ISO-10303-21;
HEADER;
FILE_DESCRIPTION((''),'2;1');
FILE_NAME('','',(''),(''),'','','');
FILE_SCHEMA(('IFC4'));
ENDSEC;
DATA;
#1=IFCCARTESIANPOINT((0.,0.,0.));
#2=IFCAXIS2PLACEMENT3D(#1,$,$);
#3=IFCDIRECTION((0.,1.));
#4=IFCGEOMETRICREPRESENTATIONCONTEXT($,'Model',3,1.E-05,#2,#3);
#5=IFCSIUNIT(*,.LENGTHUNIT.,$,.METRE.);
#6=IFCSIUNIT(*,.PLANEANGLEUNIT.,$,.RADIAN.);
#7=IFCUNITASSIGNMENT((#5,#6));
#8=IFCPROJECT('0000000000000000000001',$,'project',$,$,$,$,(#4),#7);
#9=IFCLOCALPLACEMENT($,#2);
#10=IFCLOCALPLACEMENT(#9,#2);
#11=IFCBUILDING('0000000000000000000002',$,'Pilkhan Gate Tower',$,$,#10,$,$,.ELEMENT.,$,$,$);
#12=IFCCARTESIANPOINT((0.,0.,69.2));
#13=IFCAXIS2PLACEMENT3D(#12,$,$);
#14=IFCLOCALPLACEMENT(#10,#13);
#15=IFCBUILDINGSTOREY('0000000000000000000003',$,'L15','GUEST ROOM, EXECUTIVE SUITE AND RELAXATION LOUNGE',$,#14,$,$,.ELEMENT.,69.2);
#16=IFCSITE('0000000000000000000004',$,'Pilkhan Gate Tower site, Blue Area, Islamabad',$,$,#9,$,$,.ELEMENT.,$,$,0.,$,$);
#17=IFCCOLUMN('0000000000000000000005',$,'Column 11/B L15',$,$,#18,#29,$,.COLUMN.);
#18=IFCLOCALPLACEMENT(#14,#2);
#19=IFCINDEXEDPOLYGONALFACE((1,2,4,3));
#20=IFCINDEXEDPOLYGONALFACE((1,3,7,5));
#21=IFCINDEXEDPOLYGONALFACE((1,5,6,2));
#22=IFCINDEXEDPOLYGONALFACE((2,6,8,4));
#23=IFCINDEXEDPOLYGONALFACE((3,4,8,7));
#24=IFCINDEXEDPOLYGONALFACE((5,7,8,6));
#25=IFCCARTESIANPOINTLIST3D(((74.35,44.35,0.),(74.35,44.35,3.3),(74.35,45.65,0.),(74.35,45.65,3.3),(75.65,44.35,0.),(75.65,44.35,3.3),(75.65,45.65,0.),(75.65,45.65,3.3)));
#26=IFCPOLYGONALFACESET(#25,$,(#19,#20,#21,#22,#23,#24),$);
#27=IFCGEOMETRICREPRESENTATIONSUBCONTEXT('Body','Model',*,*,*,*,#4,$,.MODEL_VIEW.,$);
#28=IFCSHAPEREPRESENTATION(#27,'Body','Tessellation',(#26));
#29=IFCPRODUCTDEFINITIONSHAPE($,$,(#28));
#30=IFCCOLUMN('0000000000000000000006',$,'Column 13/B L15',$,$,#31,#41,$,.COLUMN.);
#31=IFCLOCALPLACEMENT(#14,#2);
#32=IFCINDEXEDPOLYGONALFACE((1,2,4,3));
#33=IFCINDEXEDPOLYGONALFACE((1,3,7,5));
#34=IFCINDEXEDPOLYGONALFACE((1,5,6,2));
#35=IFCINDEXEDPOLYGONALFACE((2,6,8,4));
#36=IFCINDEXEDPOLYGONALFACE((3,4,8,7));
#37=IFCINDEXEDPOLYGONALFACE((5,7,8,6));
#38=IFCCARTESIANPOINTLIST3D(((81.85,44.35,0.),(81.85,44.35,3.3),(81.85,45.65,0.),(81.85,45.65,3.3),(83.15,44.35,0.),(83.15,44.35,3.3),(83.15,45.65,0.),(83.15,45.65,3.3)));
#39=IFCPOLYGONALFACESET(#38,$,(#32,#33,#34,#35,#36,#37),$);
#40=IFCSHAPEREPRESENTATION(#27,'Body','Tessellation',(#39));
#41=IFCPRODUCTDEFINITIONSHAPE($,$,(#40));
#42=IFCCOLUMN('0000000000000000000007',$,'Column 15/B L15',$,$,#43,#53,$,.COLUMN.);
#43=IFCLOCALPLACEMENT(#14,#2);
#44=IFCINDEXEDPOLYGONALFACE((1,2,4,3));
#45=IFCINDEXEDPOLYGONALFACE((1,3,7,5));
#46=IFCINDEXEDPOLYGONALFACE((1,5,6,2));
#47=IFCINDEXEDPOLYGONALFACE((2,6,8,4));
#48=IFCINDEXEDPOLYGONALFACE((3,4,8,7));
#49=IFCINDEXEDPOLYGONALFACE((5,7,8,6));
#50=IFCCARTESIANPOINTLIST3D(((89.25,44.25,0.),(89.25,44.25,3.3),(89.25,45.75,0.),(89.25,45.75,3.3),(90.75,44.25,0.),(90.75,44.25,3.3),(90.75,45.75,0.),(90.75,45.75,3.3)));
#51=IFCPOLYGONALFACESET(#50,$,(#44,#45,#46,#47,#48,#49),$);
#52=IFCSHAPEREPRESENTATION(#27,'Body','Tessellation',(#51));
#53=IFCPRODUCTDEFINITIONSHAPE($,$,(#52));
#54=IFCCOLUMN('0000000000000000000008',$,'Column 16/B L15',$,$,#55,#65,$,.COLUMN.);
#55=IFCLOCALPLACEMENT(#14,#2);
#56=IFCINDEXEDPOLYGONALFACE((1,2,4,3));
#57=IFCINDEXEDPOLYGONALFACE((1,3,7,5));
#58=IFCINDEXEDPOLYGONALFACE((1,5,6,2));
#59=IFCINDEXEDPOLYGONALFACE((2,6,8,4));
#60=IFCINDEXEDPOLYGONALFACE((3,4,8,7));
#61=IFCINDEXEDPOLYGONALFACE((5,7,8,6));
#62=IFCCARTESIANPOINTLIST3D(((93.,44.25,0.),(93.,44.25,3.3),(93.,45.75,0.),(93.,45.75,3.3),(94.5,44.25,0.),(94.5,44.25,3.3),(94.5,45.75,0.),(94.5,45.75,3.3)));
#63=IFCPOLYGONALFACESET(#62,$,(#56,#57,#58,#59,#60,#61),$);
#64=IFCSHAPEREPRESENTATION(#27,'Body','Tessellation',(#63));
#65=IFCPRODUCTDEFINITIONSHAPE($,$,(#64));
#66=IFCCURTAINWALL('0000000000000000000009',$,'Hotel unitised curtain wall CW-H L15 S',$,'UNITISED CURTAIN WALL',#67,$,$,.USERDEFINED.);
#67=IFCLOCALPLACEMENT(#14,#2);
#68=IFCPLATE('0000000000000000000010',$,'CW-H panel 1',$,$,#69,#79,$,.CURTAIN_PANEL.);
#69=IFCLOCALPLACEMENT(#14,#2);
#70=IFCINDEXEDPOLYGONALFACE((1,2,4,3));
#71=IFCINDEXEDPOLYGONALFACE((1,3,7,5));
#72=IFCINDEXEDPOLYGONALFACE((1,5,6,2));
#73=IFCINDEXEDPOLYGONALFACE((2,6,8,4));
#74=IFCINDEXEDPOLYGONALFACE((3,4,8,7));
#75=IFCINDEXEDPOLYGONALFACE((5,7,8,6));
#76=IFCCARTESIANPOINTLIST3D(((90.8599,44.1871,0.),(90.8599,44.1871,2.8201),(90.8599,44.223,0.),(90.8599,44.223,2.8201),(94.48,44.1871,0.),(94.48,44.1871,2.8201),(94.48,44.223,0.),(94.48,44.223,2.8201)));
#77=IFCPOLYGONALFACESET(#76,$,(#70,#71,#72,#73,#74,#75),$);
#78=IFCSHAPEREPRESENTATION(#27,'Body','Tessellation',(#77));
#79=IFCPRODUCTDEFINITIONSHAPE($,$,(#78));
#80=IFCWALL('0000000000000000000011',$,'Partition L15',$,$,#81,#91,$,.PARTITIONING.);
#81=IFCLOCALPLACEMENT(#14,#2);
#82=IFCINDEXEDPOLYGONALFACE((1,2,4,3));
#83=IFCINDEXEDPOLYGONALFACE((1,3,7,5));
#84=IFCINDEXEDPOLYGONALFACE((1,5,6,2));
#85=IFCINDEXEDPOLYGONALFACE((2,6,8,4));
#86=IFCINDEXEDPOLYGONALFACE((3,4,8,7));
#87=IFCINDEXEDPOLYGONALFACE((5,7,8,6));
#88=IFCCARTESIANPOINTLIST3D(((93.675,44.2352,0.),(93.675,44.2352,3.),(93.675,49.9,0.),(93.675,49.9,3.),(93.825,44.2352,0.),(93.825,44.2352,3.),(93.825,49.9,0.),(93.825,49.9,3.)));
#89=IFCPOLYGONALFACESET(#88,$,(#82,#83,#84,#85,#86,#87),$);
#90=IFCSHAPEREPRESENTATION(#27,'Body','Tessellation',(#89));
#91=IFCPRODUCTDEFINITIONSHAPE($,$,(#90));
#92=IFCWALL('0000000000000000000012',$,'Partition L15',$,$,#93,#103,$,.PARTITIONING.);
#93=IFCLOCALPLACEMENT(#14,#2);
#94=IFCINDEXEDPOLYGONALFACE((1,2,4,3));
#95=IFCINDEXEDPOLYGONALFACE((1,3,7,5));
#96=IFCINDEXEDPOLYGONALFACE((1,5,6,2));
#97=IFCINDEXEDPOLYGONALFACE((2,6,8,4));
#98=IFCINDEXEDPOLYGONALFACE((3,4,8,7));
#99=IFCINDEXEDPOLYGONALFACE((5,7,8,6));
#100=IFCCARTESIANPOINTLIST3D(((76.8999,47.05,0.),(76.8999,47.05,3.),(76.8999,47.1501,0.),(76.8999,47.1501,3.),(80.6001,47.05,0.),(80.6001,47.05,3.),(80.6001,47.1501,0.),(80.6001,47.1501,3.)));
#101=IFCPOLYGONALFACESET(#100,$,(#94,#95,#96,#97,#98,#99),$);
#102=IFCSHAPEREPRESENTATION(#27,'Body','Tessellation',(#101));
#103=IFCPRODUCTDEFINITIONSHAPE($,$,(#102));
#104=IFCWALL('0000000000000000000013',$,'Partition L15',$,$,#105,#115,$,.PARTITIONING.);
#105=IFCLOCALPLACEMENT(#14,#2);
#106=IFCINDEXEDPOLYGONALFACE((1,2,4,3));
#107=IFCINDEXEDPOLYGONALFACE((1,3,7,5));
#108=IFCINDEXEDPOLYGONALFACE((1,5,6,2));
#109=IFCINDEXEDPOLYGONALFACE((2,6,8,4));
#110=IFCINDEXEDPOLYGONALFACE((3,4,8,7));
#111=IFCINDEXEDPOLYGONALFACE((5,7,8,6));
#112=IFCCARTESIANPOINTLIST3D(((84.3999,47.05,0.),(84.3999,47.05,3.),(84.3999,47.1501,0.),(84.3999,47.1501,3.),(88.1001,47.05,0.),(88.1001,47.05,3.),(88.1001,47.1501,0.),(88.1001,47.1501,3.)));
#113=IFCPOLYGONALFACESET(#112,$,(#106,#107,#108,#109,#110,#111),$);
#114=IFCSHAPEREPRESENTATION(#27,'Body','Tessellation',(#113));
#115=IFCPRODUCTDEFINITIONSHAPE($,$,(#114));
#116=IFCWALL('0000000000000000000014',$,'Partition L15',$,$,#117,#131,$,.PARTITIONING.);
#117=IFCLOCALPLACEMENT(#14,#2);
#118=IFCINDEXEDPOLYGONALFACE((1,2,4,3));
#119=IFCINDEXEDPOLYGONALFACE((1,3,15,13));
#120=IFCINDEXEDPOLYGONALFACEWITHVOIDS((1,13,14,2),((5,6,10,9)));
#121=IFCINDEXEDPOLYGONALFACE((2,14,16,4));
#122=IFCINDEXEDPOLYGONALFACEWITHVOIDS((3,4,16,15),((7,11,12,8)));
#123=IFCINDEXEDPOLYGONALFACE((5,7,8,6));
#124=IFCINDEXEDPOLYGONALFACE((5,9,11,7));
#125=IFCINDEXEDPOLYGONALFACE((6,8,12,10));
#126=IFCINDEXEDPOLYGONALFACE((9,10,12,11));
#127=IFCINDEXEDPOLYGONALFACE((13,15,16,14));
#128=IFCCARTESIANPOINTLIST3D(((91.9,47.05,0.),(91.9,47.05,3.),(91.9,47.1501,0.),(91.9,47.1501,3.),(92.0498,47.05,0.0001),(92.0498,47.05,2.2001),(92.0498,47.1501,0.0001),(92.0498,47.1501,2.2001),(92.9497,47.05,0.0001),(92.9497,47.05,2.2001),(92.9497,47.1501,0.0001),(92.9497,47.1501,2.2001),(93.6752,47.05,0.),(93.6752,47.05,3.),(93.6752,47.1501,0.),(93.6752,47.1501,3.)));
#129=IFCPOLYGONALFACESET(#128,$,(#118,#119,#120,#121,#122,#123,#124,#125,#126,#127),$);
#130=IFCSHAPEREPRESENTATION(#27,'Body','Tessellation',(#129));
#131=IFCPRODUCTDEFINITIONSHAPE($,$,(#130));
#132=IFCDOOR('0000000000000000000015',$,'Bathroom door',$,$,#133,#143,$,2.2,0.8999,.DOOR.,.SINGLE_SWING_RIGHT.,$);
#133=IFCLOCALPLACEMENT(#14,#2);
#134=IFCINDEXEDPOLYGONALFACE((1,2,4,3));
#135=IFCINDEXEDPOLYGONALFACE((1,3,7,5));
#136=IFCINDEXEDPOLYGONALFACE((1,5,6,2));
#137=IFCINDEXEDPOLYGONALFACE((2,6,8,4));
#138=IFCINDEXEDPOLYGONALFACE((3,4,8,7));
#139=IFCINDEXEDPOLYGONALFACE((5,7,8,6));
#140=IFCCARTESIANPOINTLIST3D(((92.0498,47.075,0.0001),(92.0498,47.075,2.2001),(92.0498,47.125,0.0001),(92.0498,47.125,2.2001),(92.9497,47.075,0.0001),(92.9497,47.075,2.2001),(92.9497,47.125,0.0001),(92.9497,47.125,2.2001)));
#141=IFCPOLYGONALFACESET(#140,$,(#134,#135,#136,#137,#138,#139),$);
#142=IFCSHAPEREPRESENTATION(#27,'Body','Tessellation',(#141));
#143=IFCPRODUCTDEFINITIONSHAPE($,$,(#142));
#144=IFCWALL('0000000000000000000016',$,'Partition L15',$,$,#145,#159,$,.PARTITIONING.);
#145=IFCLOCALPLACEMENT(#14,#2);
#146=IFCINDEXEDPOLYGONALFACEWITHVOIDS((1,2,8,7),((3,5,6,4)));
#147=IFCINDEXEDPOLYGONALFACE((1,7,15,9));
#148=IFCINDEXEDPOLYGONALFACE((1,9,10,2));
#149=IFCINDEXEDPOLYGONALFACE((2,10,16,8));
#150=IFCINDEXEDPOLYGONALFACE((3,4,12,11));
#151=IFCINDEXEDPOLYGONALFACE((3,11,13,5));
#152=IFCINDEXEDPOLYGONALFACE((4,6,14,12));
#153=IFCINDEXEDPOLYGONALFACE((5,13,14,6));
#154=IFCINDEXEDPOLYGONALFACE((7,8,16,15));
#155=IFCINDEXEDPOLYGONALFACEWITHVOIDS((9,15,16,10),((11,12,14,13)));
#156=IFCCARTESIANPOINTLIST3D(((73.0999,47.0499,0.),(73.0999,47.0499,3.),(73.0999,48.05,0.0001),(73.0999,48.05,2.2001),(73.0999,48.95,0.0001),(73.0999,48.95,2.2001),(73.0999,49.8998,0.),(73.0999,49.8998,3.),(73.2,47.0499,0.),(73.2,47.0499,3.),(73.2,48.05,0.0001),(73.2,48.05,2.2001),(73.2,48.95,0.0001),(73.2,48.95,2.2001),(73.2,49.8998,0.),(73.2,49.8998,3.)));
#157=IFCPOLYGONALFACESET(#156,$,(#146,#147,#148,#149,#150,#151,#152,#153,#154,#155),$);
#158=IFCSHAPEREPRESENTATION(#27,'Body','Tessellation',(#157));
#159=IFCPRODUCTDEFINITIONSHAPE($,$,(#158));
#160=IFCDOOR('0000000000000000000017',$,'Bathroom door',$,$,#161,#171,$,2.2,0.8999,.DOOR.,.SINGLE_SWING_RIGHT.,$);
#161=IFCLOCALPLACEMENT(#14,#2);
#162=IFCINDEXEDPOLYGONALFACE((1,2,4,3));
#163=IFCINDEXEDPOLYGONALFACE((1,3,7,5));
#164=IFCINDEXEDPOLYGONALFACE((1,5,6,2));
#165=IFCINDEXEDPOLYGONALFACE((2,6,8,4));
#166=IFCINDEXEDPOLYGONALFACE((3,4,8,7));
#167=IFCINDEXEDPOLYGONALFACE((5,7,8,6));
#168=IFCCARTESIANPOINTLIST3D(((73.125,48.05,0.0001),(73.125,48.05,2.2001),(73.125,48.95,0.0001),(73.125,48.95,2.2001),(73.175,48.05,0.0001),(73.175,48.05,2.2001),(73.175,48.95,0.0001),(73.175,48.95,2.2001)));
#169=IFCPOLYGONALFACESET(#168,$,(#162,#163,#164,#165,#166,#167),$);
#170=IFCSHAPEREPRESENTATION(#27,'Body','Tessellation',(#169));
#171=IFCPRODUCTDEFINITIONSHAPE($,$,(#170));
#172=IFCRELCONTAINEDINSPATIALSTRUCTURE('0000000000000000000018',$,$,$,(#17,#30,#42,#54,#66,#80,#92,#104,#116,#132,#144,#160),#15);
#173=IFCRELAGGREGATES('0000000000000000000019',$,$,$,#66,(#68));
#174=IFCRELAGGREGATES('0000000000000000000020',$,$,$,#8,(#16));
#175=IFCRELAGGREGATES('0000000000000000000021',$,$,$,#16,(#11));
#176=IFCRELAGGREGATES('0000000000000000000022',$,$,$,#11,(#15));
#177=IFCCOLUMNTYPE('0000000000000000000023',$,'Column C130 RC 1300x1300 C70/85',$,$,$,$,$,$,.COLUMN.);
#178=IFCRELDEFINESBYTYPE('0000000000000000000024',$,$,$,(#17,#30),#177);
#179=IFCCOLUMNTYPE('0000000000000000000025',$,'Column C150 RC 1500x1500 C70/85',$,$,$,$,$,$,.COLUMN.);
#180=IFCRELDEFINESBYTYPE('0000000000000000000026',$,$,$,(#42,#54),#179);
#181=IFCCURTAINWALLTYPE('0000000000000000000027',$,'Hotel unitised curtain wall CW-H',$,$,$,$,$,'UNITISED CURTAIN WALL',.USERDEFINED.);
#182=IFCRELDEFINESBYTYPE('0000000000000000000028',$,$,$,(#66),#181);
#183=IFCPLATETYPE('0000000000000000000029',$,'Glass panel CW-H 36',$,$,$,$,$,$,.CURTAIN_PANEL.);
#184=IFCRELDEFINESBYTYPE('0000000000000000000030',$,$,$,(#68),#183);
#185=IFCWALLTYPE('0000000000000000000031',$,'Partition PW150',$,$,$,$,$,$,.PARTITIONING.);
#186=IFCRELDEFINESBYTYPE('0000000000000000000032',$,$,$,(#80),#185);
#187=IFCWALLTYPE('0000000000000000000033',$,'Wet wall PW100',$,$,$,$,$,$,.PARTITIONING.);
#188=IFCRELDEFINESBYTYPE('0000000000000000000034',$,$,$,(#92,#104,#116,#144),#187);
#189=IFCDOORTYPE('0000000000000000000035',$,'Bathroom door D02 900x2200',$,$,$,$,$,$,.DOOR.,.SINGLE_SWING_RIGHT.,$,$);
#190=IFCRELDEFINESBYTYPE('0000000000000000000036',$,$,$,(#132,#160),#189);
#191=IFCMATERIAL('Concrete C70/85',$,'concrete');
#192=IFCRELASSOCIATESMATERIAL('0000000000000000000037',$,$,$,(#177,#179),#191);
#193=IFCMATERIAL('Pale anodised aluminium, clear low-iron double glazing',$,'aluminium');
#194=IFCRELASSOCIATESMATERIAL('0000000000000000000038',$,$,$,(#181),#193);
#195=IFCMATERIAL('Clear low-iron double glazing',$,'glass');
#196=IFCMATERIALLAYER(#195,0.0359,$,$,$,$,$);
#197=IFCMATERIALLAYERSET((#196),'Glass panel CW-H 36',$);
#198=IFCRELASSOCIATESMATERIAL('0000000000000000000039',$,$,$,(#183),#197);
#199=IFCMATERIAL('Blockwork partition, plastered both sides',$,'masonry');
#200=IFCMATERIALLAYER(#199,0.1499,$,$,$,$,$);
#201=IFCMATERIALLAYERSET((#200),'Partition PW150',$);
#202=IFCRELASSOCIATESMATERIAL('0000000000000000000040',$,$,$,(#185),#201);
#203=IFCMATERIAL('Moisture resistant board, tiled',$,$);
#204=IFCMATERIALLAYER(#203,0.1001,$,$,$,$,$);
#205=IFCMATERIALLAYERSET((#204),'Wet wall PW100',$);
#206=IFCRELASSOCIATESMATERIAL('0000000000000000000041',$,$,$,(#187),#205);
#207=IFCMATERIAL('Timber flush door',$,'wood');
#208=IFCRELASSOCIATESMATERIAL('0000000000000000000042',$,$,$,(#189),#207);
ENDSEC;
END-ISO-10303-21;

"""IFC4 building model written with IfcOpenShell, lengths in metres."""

from ifc_helpers import new_model, si_unit, direction, frame, frame_2d, origin, origin_2d, place, context, subcontext, project, spatial, rectangle, extrude, material, layer, layer_set, material_profile, profile_set, type_object, element, fill, aggregate, save


model = new_model("IFC4")

# Units and contexts
model_context = context("Model", 3, precision=1e-05, world=origin(), true_north=direction((0.0, 1.0)))
body_context = subcontext(model_context, "Body", "Model", "MODEL_VIEW")
ifc_project = project(units=[si_unit("LENGTHUNIT", "METRE"), si_unit("PLANEANGLEUNIT", "RADIAN")], contexts=[model_context])

# Site, building, storey
site_placement = place(None, origin())
site = spatial("IfcSite", under=ifc_project, at=site_placement, Name="Pilkhan Gate Tower site, Blue Area, Islamabad", CompositionType="ELEMENT", RefElevation=0.0)
building_placement = place(site_placement, origin())
building = spatial("IfcBuilding", under=site, at=building_placement, Name="Pilkhan Gate Tower", CompositionType="ELEMENT")
storey_placement = place(building_placement, frame((0.0, 0.0, 69.2)))
storey = spatial("IfcBuildingStorey", under=building, at=storey_placement, Name="L15", Description="GUEST ROOM, EXECUTIVE SUITE AND RELAXATION LOUNGE", CompositionType="ELEMENT", Elevation=69.2)

# Columns
ifc_material_1 = material(Name="Concrete C70/85", Category="concrete")
ifc_material_profile_1 = material_profile(ifc_material_1, rectangle(XDim=1.3, YDim=1.3, at=origin_2d()), Name="RC 1300x1300")
ifc_profile_set_1 = profile_set([ifc_material_profile_1], Name="Concrete C70/85")
column_type_1 = type_object("IfcColumnType", Name="Column C130 RC 1300x1300 C70/85", PredefinedType="COLUMN", material=ifc_profile_set_1)
for number, where, z_axis, x_axis, name in (
    (1, (75.0, 45.0, 0.0), (0.0, 0.0, 1.0), (1.0, 0.0, 0.0), "Column 11/B L15"),
    (2, (82.5, 45.0, 0.0), (0.0, 0.0, 1.0), (1.0, 0.0, 0.0), "Column 13/B L15"),
):
    element("IfcColumn", number, at=place(storey_placement, frame(where, z_axis=z_axis, x_axis=x_axis)), inside=storey, type_object=column_type_1, Name=name, PredefinedType="COLUMN", context=body_context, shape_type="SweptSolid", body=[
        extrude(rectangle(XDim=1.3, YDim=1.3, at=origin_2d()), origin(), (0.0, 0.0, 1.0), 3.3),
    ])
ifc_material_profile_2 = material_profile(ifc_material_1, rectangle(XDim=1.5, YDim=1.5, at=origin_2d()), Name="RC 1500x1500")
ifc_profile_set_2 = profile_set([ifc_material_profile_2], Name="Concrete C70/85")
column_type_2 = type_object("IfcColumnType", Name="Column C150 RC 1500x1500 C70/85", PredefinedType="COLUMN", material=ifc_profile_set_2)
for number, where, z_axis, x_axis, name in (
    (3, (90.0, 45.0, 0.0), (0.0, 0.0, 1.0), (1.0, 0.0, 0.0), "Column 15/B L15"),
    (4, (93.75, 45.0, 0.0), (0.0, 0.0, 1.0), (1.0, 0.0, 0.0), "Column 16/B L15"),
):
    element("IfcColumn", number, at=place(storey_placement, frame(where, z_axis=z_axis, x_axis=x_axis)), inside=storey, type_object=column_type_2, Name=name, PredefinedType="COLUMN", context=body_context, shape_type="SweptSolid", body=[
        extrude(rectangle(XDim=1.5, YDim=1.5, at=origin_2d()), origin(), (0.0, 0.0, 1.0), 3.3),
    ])

# Curtain wall, plate
ifc_material_2 = material(Name="Pale anodised aluminium, clear low-iron double glazing", Category="aluminium")
curtain_wall_type = type_object("IfcCurtainWallType", Name="Hotel unitised curtain wall CW-H", ElementType="UNITISED CURTAIN WALL", PredefinedType="USERDEFINED", material=ifc_material_2)
curtain_wall_placement = place(storey_placement, origin())
curtain_wall = element("IfcCurtainWall", 5, at=curtain_wall_placement, inside=storey, type_object=curtain_wall_type, Name="Hotel unitised curtain wall CW-H L15 S", ObjectType="UNITISED CURTAIN WALL", PredefinedType="USERDEFINED")
ifc_material_3 = material(Name="Clear low-iron double glazing", Category="glass")
ifc_layer_1 = layer(ifc_material_3, 0.0359)
ifc_layer_set_1 = layer_set([ifc_layer_1], Name="Glass panel CW-H 36")
plate_type = type_object("IfcPlateType", Name="Glass panel CW-H 36", PredefinedType="CURTAIN_PANEL", material=ifc_layer_set_1)
plate_placement = place(storey_placement, frame((92.6699, 44.2051, 0.0), z_axis=(0.0, 0.0, 1.0), x_axis=(1.0, 0.0, 0.0)))
plate = element("IfcPlate", 6, at=plate_placement, type_object=plate_type, Name="CW-H panel 1", PredefinedType="CURTAIN_PANEL", context=body_context, shape_type="SweptSolid", body=[
    extrude(rectangle(XDim=3.6201, YDim=0.0359, at=origin_2d()), origin(), (0.0, 0.0, 1.0), 2.8201),
])
aggregate(curtain_wall, [plate])

# Walls
ifc_material_4 = material(Name="Blockwork partition, plastered both sides", Category="masonry")
ifc_layer_2 = layer(ifc_material_4, 0.1499)
ifc_layer_set_2 = layer_set([ifc_layer_2], Name="Partition PW150")
wall_type_1 = type_object("IfcWallType", Name="Partition PW150", PredefinedType="PARTITIONING", material=ifc_layer_set_2)
wall_1_placement = place(storey_placement, frame((93.75, 44.2351, 0.0), z_axis=(0.0, 0.0, 1.0), x_axis=(0.0, 1.0, 0.0)))
element("IfcWall", 7, at=wall_1_placement, inside=storey, type_object=wall_type_1, Name="Partition L15", PredefinedType="PARTITIONING", context=body_context, shape_type="SweptSolid", body=[
    extrude(rectangle(XDim=5.6648, YDim=0.1499, at=frame_2d((2.8325, 0.0))), origin(), (0.0, 0.0, 1.0), 3.0),
])
ifc_material_5 = material(Name="Moisture resistant board, tiled")
ifc_layer_3 = layer(ifc_material_5, 0.1001)
ifc_layer_set_3 = layer_set([ifc_layer_3], Name="Wet wall PW100")
wall_type_2 = type_object("IfcWallType", Name="Wet wall PW100", PredefinedType="PARTITIONING", material=ifc_layer_set_3)
for number, where, z_axis, x_axis, name in (
    (8, (76.8999, 47.1001, 0.0), (0.0, 0.0, 1.0), (1.0, 0.0, 0.0), "Partition L15"),
    (9, (84.3999, 47.1001, 0.0), (0.0, 0.0, 1.0), (1.0, 0.0, 0.0), "Partition L15"),
):
    element("IfcWall", number, at=place(storey_placement, frame(where, z_axis=z_axis, x_axis=x_axis)), inside=storey, type_object=wall_type_2, Name=name, PredefinedType="PARTITIONING", context=body_context, shape_type="SweptSolid", body=[
        extrude(rectangle(XDim=3.7002, YDim=0.1001, at=frame_2d((1.8501, 0.0))), origin(), (0.0, 0.0, 1.0), 3.0),
    ])

# Walls, openings, doors
wall_2_placement = place(storey_placement, frame((91.8999, 47.1001, 0.0), z_axis=(0.0, 0.0, 1.0), x_axis=(1.0, 0.0, 0.0)))
wall_2 = element("IfcWall", 10, at=wall_2_placement, inside=storey, type_object=wall_type_2, Name="Partition L15", PredefinedType="PARTITIONING", context=body_context, shape_type="SweptSolid", body=[
    extrude(rectangle(XDim=1.7751, YDim=0.1001, at=frame_2d((0.8877, 0.0))), origin(), (0.0, 0.0, 1.0), 3.0),
])
opening_1_placement = place(wall_2_placement, frame((0.1499, 0.0, 0.0)))
opening_1 = element("IfcOpeningElement", 11, at=opening_1_placement, cuts=wall_2, PredefinedType="OPENING", context=body_context, shape_type="SweptSolid", body=[
    extrude(rectangle(XDim=0.8999, YDim=2.2, at=frame_2d((0.45, 1.1001))), frame((0.0, 0.0601, 0.0), z_axis=(0.0, -1.0, 0.0), x_axis=(1.0, 0.0, 0.0)), (0.0, 0.0, 1.0), 0.1201),
])
ifc_material_6 = material(Name="Timber flush door", Category="wood")
door_type = type_object("IfcDoorType", Name="Bathroom door D02 900x2200", OperationType="SINGLE_SWING_RIGHT", PredefinedType="DOOR", material=ifc_material_6)
door_1_placement = place(opening_1_placement, origin())
door_1 = element("IfcDoor", 12, at=door_1_placement, inside=storey, type_object=door_type, Name="Bathroom door", OperationType="SINGLE_SWING_RIGHT", OverallHeight=2.2, OverallWidth=0.8999, PredefinedType="DOOR", context=body_context, shape_type="SweptSolid", body=[
    extrude(rectangle(XDim=0.8999, YDim=2.2, at=frame_2d((0.45, 1.1001))), frame((0.0, 0.0249, 0.0), z_axis=(0.0, -1.0, 0.0), x_axis=(1.0, 0.0, 0.0)), (0.0, 0.0, 1.0), 0.05),
])
fill(opening_1, door_1)
wall_3_placement = place(storey_placement, frame((73.1499, 47.05, 0.0), z_axis=(0.0, 0.0, 1.0), x_axis=(0.0, 1.0, 0.0)))
wall_3 = element("IfcWall", 13, at=wall_3_placement, inside=storey, type_object=wall_type_2, Name="Partition L15", PredefinedType="PARTITIONING", context=body_context, shape_type="SweptSolid", body=[
    extrude(rectangle(XDim=2.8499, YDim=0.1001, at=frame_2d((1.4248, 0.0))), origin(), (0.0, 0.0, 1.0), 3.0),
])
opening_2_placement = place(wall_3_placement, frame((1.0, 0.0, 0.0)))
opening_2 = element("IfcOpeningElement", 14, at=opening_2_placement, cuts=wall_3, PredefinedType="OPENING", context=body_context, shape_type="SweptSolid", body=[
    extrude(rectangle(XDim=0.8999, YDim=2.2, at=frame_2d((0.45, 1.1001))), frame((0.0, 0.0601, 0.0), z_axis=(0.0, -1.0, 0.0), x_axis=(1.0, 0.0, 0.0)), (0.0, 0.0, 1.0), 0.1201),
])
door_2_placement = place(opening_2_placement, origin())
door_2 = element("IfcDoor", 15, at=door_2_placement, inside=storey, type_object=door_type, Name="Bathroom door", OperationType="SINGLE_SWING_RIGHT", OverallHeight=2.2, OverallWidth=0.8999, PredefinedType="DOOR", context=body_context, shape_type="SweptSolid", body=[
    extrude(rectangle(XDim=0.8999, YDim=2.2, at=frame_2d((0.45, 1.1001))), frame((0.0, 0.0249, 0.0), z_axis=(0.0, -1.0, 0.0), x_axis=(1.0, 0.0, 0.0)), (0.0, 0.0, 1.0), 0.05),
])
fill(opening_2, door_2)

save(model, "model.ifc")
